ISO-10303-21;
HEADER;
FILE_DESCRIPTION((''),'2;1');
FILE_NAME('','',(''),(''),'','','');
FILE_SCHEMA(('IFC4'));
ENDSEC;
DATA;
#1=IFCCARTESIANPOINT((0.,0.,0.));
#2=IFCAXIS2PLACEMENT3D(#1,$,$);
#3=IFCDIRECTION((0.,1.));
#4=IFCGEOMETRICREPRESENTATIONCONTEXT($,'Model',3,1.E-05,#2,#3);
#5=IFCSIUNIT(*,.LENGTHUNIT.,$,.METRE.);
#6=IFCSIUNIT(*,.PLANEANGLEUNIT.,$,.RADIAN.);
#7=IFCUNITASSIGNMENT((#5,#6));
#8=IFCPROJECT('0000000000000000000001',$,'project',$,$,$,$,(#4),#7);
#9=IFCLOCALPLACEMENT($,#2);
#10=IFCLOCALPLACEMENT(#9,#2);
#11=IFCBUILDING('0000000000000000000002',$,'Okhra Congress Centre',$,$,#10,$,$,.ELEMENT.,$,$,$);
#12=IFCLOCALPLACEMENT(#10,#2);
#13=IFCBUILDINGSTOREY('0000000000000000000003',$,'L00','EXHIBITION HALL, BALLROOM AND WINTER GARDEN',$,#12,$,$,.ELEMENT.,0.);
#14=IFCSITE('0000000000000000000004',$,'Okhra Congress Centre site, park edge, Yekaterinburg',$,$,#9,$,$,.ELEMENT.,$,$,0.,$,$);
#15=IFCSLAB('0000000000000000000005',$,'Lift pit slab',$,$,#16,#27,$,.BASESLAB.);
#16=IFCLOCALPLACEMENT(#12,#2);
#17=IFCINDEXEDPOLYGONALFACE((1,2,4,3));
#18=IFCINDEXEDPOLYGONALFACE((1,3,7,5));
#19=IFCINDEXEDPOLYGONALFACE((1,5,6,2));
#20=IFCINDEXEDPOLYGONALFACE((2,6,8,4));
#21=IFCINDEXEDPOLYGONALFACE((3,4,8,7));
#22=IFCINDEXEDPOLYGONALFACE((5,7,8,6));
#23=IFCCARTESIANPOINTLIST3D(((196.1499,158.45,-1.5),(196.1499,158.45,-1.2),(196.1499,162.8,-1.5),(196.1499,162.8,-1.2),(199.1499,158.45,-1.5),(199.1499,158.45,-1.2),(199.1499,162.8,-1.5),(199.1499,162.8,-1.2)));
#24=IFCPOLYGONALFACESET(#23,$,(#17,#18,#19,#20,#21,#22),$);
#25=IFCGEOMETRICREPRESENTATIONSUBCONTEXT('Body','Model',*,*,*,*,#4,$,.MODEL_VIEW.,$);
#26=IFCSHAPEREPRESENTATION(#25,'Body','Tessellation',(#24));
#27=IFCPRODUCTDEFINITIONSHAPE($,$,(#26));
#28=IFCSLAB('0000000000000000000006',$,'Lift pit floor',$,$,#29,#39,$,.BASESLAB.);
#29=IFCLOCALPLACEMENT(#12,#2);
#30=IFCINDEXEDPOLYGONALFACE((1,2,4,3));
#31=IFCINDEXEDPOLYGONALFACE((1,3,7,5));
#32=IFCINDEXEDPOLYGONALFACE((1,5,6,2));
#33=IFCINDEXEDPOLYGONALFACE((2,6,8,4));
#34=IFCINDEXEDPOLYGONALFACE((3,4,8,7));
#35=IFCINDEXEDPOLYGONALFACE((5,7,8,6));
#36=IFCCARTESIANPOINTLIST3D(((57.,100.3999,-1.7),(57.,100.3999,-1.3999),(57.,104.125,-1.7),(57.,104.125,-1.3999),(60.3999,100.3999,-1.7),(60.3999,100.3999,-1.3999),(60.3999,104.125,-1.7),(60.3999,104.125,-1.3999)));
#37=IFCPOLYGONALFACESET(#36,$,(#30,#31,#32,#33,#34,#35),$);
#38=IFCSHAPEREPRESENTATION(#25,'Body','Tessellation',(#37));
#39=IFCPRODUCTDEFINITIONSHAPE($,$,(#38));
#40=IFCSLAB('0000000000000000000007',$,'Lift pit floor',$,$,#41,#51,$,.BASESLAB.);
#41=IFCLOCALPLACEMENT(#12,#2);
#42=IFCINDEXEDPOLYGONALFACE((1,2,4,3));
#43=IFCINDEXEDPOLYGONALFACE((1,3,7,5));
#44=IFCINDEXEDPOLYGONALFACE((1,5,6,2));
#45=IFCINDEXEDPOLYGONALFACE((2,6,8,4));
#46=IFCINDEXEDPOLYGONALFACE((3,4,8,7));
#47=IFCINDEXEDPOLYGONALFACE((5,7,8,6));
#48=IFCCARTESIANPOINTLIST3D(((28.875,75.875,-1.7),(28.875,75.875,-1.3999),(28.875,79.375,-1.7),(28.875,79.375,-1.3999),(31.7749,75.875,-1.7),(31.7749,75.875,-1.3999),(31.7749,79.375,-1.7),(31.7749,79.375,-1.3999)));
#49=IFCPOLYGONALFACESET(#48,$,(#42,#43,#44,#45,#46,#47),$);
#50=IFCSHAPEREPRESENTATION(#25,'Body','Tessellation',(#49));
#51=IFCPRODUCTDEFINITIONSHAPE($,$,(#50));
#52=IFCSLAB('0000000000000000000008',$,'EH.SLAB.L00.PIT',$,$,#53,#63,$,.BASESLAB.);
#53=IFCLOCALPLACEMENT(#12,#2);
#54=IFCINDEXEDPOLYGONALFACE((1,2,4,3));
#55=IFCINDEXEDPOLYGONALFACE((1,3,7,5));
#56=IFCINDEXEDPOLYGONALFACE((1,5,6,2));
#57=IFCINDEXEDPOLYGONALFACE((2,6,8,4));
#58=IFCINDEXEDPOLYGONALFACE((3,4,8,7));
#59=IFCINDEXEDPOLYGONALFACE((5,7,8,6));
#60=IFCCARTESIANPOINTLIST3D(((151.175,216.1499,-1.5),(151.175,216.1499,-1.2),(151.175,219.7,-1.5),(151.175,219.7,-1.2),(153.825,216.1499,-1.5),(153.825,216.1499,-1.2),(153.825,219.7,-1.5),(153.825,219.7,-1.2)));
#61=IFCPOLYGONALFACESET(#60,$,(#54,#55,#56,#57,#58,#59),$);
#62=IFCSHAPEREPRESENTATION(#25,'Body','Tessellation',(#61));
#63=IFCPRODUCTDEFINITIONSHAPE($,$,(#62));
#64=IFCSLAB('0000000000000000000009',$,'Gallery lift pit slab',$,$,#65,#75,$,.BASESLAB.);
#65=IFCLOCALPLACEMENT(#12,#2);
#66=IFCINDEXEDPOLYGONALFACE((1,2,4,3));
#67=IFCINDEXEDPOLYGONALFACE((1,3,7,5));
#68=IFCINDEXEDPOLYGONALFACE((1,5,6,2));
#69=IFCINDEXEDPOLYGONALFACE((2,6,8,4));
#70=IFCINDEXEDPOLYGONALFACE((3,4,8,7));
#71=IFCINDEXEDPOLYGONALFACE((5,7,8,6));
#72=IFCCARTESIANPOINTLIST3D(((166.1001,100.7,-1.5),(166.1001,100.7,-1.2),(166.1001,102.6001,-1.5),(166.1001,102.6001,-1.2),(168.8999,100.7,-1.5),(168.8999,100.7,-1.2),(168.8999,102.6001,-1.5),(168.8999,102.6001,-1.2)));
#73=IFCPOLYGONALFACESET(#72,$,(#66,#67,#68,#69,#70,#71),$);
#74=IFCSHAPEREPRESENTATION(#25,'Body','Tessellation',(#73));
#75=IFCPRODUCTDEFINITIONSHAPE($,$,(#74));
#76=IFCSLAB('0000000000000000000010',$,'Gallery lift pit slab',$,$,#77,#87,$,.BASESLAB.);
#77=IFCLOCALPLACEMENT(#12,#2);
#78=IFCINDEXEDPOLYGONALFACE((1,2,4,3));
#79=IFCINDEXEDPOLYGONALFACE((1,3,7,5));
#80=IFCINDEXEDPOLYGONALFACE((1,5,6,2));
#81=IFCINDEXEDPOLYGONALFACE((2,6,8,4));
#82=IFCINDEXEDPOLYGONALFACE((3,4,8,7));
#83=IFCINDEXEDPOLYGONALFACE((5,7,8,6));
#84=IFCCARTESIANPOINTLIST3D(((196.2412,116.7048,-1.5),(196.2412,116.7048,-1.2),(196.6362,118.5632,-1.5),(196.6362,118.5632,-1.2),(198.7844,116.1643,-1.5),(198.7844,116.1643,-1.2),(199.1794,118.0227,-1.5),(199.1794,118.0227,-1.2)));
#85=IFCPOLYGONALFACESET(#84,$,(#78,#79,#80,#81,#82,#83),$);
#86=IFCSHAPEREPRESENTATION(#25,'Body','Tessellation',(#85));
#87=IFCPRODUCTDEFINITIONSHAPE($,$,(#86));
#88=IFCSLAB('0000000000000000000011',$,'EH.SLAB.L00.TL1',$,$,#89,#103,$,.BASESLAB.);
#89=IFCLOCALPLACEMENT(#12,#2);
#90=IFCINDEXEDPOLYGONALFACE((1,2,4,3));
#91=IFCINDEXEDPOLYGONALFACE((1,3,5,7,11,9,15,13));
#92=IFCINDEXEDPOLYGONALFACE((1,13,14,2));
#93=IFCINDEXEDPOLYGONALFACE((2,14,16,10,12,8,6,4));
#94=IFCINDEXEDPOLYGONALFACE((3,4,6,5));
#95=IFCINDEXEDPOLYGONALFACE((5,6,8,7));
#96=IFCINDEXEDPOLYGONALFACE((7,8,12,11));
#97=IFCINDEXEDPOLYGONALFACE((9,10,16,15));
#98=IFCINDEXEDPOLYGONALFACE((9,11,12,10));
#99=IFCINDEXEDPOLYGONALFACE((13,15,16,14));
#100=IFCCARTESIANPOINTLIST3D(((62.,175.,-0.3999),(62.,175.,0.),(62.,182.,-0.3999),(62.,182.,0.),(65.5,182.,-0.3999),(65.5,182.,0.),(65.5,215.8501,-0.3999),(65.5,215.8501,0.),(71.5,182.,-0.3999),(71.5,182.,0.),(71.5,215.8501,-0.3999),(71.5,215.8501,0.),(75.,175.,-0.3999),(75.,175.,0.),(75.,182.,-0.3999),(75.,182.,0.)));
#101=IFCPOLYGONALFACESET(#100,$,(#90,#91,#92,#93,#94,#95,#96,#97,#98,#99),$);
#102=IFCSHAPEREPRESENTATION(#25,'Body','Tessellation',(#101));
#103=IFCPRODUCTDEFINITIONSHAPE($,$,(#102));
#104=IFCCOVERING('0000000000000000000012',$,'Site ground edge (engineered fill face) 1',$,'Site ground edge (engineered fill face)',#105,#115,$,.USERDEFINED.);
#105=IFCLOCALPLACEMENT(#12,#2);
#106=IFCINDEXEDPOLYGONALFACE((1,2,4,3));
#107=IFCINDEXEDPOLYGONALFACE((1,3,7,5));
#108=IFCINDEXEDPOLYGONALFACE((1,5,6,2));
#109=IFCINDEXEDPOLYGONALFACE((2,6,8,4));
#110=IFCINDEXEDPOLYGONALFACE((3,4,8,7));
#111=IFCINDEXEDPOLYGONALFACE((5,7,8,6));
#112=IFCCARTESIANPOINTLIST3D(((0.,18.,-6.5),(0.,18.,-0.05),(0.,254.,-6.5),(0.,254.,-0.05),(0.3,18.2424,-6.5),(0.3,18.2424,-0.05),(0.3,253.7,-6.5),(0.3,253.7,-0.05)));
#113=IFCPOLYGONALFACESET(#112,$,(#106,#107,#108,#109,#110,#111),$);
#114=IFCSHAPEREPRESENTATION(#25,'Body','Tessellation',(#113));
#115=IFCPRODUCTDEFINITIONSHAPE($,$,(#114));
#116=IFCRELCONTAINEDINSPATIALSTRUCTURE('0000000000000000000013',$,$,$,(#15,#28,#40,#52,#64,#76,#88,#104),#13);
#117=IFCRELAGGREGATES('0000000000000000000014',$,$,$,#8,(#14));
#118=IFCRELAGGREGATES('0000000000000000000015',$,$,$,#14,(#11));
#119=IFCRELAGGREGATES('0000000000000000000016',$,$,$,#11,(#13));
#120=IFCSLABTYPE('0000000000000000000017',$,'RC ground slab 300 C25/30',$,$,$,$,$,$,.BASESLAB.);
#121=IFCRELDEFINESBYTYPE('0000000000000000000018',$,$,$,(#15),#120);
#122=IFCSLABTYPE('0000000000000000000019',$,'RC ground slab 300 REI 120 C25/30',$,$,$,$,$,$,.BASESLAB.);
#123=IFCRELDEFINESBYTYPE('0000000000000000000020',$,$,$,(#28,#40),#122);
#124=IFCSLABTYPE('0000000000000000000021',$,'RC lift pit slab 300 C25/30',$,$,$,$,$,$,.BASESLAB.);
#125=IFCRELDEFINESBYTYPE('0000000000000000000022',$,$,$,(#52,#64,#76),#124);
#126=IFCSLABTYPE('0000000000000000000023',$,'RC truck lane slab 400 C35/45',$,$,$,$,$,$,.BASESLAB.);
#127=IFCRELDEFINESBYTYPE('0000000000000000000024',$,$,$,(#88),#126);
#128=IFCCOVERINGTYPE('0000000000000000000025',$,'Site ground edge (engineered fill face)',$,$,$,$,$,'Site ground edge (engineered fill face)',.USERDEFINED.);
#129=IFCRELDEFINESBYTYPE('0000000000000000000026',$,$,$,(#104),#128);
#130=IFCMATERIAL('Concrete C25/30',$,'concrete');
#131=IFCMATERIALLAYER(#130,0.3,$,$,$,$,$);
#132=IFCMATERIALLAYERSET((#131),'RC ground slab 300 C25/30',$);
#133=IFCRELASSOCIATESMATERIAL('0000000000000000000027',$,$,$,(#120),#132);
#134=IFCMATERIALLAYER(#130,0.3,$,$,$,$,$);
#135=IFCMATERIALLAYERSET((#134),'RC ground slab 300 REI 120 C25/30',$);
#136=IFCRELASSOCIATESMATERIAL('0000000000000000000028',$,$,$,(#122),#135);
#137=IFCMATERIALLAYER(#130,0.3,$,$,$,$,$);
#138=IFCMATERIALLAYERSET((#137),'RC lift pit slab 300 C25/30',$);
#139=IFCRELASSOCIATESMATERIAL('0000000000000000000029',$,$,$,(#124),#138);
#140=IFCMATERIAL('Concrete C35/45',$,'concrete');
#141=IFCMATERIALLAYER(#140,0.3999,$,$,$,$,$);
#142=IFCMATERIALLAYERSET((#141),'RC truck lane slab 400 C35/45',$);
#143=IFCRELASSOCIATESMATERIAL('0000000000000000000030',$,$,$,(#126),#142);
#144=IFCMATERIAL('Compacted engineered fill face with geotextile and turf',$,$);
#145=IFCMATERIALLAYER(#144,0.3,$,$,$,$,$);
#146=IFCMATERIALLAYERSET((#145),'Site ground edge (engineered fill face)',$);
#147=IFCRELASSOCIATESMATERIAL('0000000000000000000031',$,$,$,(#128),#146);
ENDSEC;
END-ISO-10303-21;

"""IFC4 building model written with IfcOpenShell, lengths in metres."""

from ifc_helpers import new_model, si_unit, direction, frame, origin, place, context, subcontext, project, spatial, polyline, outline, extrude, material, layer, layer_set, type_object, element, save


model = new_model("IFC4")

# Units and contexts
model_context = context("Model", 3, precision=1e-05, world=origin(), true_north=direction((0.0, 1.0)))
body_context = subcontext(model_context, "Body", "Model", "MODEL_VIEW")
ifc_project = project(units=[si_unit("LENGTHUNIT", "METRE"), si_unit("PLANEANGLEUNIT", "RADIAN")], contexts=[model_context])

# Site, building, storey
site_placement = place(None, origin())
site = spatial("IfcSite", under=ifc_project, at=site_placement, Name="Okhra Congress Centre site, park edge, Yekaterinburg", CompositionType="ELEMENT", RefElevation=0.0)
building_placement = place(site_placement, origin())
building = spatial("IfcBuilding", under=site, at=building_placement, Name="Okhra Congress Centre", CompositionType="ELEMENT")
storey_placement = place(building_placement, origin())
storey = spatial("IfcBuildingStorey", under=building, at=storey_placement, Name="L00", Description="EXHIBITION HALL, BALLROOM AND WINTER GARDEN", CompositionType="ELEMENT", Elevation=0.0)

# Slabs
ifc_material_1 = material(Name="Concrete C35/45", Category="concrete")
ifc_material_2 = material(Name="Concrete C25/30", Category="concrete")
ifc_layer_1 = layer(ifc_material_2, 0.3)
ifc_layer_set_1 = layer_set([ifc_layer_1], Name="RC ground slab 300 C25/30")
slab_type_1 = type_object("IfcSlabType", Name="RC ground slab 300 C25/30", PredefinedType="BASESLAB", material=ifc_layer_set_1)
slab_1_placement = place(storey_placement, frame((0.0, 0.0, -1.5)))
element("IfcSlab", 1, at=slab_1_placement, inside=storey, type_object=slab_type_1, Name="Lift pit slab", PredefinedType="BASESLAB", context=body_context, shape_type="SweptSolid", body=[
    extrude(outline(polyline([(196.1499, 158.45), (199.1499, 158.45), (199.1499, 162.8), (196.1499, 162.8), (196.1499, 158.45)])), origin(), (0.0, 0.0, 1.0), 0.3),
])
ifc_layer_2 = layer(ifc_material_2, 0.3)
ifc_layer_set_2 = layer_set([ifc_layer_2], Name="RC ground slab 300 REI 120 C25/30")
slab_type_2 = type_object("IfcSlabType", Name="RC ground slab 300 REI 120 C25/30", PredefinedType="BASESLAB", material=ifc_layer_set_2)
slab_2_placement = place(storey_placement, frame((0.0, 0.0, -1.7)))
element("IfcSlab", 2, at=slab_2_placement, inside=storey, type_object=slab_type_2, Name="Lift pit floor", PredefinedType="BASESLAB", context=body_context, shape_type="SweptSolid", body=[
    extrude(outline(polyline([(57.0, 100.3999), (60.3999, 100.3999), (60.3999, 104.125), (57.0, 104.125), (57.0, 100.3999)])), origin(), (0.0, 0.0, 1.0), 0.3),
])
slab_3_placement = place(storey_placement, frame((0.0, 0.0, -1.7)))
element("IfcSlab", 3, at=slab_3_placement, inside=storey, type_object=slab_type_2, Name="Lift pit floor", PredefinedType="BASESLAB", context=body_context, shape_type="SweptSolid", body=[
    extrude(outline(polyline([(28.875, 75.875), (31.7749, 75.875), (31.7749, 79.375), (28.875, 79.375), (28.875, 75.875)])), origin(), (0.0, 0.0, 1.0), 0.3),
])
ifc_layer_3 = layer(ifc_material_2, 0.3)
ifc_layer_set_3 = layer_set([ifc_layer_3], Name="RC lift pit slab 300 C25/30")
slab_type_3 = type_object("IfcSlabType", Name="RC lift pit slab 300 C25/30", PredefinedType="BASESLAB", material=ifc_layer_set_3)
slab_4_placement = place(storey_placement, frame((0.0, 0.0, -1.5)))
element("IfcSlab", 4, at=slab_4_placement, inside=storey, type_object=slab_type_3, Name="EH.SLAB.L00.PIT", PredefinedType="BASESLAB", context=body_context, shape_type="SweptSolid", body=[
    extrude(outline(polyline([(151.175, 216.1499), (153.825, 216.1499), (153.825, 219.7), (151.175, 219.7), (151.175, 216.1499)])), origin(), (0.0, 0.0, 1.0), 0.3),
])
slab_5_placement = place(storey_placement, frame((0.0, 0.0, -1.5)))
element("IfcSlab", 5, at=slab_5_placement, inside=storey, type_object=slab_type_3, Name="Gallery lift pit slab", PredefinedType="BASESLAB", context=body_context, shape_type="SweptSolid", body=[
    extrude(outline(polyline([(166.1001, 100.7), (168.8999, 100.7), (168.8999, 102.6001), (166.1001, 102.6001), (166.1001, 100.7)])), origin(), (0.0, 0.0, 1.0), 0.3),
])
slab_6_placement = place(storey_placement, frame((0.0, 0.0, -1.5)))
element("IfcSlab", 6, at=slab_6_placement, inside=storey, type_object=slab_type_3, Name="Gallery lift pit slab", PredefinedType="BASESLAB", context=body_context, shape_type="SweptSolid", body=[
    extrude(outline(polyline([(196.2412, 116.7048), (198.7844, 116.1643), (199.1794, 118.0227), (196.6362, 118.5632), (196.2412, 116.7048)])), origin(), (0.0, 0.0, 1.0), 0.3),
])
ifc_layer_4 = layer(ifc_material_1, 0.3999)
ifc_layer_set_4 = layer_set([ifc_layer_4], Name="RC truck lane slab 400 C35/45")
slab_type_4 = type_object("IfcSlabType", Name="RC truck lane slab 400 C35/45", PredefinedType="BASESLAB", material=ifc_layer_set_4)
slab_7_placement = place(storey_placement, frame((0.0, 0.0, -0.3999)))
element("IfcSlab", 7, at=slab_7_placement, inside=storey, type_object=slab_type_4, Name="EH.SLAB.L00.TL1", PredefinedType="BASESLAB", context=body_context, shape_type="SweptSolid", body=[
    extrude(outline(polyline([(65.5, 182.0), (62.0, 182.0), (62.0, 175.0), (75.0, 175.0), (75.0, 182.0), (71.5, 182.0), (71.5, 215.8501), (65.5, 215.8501), (65.5, 182.0)])), origin(), (0.0, 0.0, 1.0), 0.3999),
])

# Covering
ifc_material_3 = material(Name="Compacted engineered fill face with geotextile and turf")
ifc_layer_5 = layer(ifc_material_3, 0.3)
ifc_layer_set_5 = layer_set([ifc_layer_5], Name="Site ground edge (engineered fill face)")
covering_type = type_object("IfcCoveringType", Name="Site ground edge (engineered fill face)", ElementType="Site ground edge (engineered fill face)", PredefinedType="USERDEFINED", material=ifc_layer_set_5)
covering_placement = place(storey_placement, frame((0.0, 0.0, -6.5)))
element("IfcCovering", 8, at=covering_placement, inside=storey, type_object=covering_type, Name="Site ground edge (engineered fill face) 1", ObjectType="Site ground edge (engineered fill face)", PredefinedType="USERDEFINED", context=body_context, shape_type="SweptSolid", body=[
    extrude(outline(polyline([(0.0, 254.0), (0.0, 18.0), (0.3, 18.2424), (0.3, 253.7), (0.0, 254.0)])), origin(), (0.0, 0.0, 1.0), 6.45),
])

save(model, "model.ifc")
